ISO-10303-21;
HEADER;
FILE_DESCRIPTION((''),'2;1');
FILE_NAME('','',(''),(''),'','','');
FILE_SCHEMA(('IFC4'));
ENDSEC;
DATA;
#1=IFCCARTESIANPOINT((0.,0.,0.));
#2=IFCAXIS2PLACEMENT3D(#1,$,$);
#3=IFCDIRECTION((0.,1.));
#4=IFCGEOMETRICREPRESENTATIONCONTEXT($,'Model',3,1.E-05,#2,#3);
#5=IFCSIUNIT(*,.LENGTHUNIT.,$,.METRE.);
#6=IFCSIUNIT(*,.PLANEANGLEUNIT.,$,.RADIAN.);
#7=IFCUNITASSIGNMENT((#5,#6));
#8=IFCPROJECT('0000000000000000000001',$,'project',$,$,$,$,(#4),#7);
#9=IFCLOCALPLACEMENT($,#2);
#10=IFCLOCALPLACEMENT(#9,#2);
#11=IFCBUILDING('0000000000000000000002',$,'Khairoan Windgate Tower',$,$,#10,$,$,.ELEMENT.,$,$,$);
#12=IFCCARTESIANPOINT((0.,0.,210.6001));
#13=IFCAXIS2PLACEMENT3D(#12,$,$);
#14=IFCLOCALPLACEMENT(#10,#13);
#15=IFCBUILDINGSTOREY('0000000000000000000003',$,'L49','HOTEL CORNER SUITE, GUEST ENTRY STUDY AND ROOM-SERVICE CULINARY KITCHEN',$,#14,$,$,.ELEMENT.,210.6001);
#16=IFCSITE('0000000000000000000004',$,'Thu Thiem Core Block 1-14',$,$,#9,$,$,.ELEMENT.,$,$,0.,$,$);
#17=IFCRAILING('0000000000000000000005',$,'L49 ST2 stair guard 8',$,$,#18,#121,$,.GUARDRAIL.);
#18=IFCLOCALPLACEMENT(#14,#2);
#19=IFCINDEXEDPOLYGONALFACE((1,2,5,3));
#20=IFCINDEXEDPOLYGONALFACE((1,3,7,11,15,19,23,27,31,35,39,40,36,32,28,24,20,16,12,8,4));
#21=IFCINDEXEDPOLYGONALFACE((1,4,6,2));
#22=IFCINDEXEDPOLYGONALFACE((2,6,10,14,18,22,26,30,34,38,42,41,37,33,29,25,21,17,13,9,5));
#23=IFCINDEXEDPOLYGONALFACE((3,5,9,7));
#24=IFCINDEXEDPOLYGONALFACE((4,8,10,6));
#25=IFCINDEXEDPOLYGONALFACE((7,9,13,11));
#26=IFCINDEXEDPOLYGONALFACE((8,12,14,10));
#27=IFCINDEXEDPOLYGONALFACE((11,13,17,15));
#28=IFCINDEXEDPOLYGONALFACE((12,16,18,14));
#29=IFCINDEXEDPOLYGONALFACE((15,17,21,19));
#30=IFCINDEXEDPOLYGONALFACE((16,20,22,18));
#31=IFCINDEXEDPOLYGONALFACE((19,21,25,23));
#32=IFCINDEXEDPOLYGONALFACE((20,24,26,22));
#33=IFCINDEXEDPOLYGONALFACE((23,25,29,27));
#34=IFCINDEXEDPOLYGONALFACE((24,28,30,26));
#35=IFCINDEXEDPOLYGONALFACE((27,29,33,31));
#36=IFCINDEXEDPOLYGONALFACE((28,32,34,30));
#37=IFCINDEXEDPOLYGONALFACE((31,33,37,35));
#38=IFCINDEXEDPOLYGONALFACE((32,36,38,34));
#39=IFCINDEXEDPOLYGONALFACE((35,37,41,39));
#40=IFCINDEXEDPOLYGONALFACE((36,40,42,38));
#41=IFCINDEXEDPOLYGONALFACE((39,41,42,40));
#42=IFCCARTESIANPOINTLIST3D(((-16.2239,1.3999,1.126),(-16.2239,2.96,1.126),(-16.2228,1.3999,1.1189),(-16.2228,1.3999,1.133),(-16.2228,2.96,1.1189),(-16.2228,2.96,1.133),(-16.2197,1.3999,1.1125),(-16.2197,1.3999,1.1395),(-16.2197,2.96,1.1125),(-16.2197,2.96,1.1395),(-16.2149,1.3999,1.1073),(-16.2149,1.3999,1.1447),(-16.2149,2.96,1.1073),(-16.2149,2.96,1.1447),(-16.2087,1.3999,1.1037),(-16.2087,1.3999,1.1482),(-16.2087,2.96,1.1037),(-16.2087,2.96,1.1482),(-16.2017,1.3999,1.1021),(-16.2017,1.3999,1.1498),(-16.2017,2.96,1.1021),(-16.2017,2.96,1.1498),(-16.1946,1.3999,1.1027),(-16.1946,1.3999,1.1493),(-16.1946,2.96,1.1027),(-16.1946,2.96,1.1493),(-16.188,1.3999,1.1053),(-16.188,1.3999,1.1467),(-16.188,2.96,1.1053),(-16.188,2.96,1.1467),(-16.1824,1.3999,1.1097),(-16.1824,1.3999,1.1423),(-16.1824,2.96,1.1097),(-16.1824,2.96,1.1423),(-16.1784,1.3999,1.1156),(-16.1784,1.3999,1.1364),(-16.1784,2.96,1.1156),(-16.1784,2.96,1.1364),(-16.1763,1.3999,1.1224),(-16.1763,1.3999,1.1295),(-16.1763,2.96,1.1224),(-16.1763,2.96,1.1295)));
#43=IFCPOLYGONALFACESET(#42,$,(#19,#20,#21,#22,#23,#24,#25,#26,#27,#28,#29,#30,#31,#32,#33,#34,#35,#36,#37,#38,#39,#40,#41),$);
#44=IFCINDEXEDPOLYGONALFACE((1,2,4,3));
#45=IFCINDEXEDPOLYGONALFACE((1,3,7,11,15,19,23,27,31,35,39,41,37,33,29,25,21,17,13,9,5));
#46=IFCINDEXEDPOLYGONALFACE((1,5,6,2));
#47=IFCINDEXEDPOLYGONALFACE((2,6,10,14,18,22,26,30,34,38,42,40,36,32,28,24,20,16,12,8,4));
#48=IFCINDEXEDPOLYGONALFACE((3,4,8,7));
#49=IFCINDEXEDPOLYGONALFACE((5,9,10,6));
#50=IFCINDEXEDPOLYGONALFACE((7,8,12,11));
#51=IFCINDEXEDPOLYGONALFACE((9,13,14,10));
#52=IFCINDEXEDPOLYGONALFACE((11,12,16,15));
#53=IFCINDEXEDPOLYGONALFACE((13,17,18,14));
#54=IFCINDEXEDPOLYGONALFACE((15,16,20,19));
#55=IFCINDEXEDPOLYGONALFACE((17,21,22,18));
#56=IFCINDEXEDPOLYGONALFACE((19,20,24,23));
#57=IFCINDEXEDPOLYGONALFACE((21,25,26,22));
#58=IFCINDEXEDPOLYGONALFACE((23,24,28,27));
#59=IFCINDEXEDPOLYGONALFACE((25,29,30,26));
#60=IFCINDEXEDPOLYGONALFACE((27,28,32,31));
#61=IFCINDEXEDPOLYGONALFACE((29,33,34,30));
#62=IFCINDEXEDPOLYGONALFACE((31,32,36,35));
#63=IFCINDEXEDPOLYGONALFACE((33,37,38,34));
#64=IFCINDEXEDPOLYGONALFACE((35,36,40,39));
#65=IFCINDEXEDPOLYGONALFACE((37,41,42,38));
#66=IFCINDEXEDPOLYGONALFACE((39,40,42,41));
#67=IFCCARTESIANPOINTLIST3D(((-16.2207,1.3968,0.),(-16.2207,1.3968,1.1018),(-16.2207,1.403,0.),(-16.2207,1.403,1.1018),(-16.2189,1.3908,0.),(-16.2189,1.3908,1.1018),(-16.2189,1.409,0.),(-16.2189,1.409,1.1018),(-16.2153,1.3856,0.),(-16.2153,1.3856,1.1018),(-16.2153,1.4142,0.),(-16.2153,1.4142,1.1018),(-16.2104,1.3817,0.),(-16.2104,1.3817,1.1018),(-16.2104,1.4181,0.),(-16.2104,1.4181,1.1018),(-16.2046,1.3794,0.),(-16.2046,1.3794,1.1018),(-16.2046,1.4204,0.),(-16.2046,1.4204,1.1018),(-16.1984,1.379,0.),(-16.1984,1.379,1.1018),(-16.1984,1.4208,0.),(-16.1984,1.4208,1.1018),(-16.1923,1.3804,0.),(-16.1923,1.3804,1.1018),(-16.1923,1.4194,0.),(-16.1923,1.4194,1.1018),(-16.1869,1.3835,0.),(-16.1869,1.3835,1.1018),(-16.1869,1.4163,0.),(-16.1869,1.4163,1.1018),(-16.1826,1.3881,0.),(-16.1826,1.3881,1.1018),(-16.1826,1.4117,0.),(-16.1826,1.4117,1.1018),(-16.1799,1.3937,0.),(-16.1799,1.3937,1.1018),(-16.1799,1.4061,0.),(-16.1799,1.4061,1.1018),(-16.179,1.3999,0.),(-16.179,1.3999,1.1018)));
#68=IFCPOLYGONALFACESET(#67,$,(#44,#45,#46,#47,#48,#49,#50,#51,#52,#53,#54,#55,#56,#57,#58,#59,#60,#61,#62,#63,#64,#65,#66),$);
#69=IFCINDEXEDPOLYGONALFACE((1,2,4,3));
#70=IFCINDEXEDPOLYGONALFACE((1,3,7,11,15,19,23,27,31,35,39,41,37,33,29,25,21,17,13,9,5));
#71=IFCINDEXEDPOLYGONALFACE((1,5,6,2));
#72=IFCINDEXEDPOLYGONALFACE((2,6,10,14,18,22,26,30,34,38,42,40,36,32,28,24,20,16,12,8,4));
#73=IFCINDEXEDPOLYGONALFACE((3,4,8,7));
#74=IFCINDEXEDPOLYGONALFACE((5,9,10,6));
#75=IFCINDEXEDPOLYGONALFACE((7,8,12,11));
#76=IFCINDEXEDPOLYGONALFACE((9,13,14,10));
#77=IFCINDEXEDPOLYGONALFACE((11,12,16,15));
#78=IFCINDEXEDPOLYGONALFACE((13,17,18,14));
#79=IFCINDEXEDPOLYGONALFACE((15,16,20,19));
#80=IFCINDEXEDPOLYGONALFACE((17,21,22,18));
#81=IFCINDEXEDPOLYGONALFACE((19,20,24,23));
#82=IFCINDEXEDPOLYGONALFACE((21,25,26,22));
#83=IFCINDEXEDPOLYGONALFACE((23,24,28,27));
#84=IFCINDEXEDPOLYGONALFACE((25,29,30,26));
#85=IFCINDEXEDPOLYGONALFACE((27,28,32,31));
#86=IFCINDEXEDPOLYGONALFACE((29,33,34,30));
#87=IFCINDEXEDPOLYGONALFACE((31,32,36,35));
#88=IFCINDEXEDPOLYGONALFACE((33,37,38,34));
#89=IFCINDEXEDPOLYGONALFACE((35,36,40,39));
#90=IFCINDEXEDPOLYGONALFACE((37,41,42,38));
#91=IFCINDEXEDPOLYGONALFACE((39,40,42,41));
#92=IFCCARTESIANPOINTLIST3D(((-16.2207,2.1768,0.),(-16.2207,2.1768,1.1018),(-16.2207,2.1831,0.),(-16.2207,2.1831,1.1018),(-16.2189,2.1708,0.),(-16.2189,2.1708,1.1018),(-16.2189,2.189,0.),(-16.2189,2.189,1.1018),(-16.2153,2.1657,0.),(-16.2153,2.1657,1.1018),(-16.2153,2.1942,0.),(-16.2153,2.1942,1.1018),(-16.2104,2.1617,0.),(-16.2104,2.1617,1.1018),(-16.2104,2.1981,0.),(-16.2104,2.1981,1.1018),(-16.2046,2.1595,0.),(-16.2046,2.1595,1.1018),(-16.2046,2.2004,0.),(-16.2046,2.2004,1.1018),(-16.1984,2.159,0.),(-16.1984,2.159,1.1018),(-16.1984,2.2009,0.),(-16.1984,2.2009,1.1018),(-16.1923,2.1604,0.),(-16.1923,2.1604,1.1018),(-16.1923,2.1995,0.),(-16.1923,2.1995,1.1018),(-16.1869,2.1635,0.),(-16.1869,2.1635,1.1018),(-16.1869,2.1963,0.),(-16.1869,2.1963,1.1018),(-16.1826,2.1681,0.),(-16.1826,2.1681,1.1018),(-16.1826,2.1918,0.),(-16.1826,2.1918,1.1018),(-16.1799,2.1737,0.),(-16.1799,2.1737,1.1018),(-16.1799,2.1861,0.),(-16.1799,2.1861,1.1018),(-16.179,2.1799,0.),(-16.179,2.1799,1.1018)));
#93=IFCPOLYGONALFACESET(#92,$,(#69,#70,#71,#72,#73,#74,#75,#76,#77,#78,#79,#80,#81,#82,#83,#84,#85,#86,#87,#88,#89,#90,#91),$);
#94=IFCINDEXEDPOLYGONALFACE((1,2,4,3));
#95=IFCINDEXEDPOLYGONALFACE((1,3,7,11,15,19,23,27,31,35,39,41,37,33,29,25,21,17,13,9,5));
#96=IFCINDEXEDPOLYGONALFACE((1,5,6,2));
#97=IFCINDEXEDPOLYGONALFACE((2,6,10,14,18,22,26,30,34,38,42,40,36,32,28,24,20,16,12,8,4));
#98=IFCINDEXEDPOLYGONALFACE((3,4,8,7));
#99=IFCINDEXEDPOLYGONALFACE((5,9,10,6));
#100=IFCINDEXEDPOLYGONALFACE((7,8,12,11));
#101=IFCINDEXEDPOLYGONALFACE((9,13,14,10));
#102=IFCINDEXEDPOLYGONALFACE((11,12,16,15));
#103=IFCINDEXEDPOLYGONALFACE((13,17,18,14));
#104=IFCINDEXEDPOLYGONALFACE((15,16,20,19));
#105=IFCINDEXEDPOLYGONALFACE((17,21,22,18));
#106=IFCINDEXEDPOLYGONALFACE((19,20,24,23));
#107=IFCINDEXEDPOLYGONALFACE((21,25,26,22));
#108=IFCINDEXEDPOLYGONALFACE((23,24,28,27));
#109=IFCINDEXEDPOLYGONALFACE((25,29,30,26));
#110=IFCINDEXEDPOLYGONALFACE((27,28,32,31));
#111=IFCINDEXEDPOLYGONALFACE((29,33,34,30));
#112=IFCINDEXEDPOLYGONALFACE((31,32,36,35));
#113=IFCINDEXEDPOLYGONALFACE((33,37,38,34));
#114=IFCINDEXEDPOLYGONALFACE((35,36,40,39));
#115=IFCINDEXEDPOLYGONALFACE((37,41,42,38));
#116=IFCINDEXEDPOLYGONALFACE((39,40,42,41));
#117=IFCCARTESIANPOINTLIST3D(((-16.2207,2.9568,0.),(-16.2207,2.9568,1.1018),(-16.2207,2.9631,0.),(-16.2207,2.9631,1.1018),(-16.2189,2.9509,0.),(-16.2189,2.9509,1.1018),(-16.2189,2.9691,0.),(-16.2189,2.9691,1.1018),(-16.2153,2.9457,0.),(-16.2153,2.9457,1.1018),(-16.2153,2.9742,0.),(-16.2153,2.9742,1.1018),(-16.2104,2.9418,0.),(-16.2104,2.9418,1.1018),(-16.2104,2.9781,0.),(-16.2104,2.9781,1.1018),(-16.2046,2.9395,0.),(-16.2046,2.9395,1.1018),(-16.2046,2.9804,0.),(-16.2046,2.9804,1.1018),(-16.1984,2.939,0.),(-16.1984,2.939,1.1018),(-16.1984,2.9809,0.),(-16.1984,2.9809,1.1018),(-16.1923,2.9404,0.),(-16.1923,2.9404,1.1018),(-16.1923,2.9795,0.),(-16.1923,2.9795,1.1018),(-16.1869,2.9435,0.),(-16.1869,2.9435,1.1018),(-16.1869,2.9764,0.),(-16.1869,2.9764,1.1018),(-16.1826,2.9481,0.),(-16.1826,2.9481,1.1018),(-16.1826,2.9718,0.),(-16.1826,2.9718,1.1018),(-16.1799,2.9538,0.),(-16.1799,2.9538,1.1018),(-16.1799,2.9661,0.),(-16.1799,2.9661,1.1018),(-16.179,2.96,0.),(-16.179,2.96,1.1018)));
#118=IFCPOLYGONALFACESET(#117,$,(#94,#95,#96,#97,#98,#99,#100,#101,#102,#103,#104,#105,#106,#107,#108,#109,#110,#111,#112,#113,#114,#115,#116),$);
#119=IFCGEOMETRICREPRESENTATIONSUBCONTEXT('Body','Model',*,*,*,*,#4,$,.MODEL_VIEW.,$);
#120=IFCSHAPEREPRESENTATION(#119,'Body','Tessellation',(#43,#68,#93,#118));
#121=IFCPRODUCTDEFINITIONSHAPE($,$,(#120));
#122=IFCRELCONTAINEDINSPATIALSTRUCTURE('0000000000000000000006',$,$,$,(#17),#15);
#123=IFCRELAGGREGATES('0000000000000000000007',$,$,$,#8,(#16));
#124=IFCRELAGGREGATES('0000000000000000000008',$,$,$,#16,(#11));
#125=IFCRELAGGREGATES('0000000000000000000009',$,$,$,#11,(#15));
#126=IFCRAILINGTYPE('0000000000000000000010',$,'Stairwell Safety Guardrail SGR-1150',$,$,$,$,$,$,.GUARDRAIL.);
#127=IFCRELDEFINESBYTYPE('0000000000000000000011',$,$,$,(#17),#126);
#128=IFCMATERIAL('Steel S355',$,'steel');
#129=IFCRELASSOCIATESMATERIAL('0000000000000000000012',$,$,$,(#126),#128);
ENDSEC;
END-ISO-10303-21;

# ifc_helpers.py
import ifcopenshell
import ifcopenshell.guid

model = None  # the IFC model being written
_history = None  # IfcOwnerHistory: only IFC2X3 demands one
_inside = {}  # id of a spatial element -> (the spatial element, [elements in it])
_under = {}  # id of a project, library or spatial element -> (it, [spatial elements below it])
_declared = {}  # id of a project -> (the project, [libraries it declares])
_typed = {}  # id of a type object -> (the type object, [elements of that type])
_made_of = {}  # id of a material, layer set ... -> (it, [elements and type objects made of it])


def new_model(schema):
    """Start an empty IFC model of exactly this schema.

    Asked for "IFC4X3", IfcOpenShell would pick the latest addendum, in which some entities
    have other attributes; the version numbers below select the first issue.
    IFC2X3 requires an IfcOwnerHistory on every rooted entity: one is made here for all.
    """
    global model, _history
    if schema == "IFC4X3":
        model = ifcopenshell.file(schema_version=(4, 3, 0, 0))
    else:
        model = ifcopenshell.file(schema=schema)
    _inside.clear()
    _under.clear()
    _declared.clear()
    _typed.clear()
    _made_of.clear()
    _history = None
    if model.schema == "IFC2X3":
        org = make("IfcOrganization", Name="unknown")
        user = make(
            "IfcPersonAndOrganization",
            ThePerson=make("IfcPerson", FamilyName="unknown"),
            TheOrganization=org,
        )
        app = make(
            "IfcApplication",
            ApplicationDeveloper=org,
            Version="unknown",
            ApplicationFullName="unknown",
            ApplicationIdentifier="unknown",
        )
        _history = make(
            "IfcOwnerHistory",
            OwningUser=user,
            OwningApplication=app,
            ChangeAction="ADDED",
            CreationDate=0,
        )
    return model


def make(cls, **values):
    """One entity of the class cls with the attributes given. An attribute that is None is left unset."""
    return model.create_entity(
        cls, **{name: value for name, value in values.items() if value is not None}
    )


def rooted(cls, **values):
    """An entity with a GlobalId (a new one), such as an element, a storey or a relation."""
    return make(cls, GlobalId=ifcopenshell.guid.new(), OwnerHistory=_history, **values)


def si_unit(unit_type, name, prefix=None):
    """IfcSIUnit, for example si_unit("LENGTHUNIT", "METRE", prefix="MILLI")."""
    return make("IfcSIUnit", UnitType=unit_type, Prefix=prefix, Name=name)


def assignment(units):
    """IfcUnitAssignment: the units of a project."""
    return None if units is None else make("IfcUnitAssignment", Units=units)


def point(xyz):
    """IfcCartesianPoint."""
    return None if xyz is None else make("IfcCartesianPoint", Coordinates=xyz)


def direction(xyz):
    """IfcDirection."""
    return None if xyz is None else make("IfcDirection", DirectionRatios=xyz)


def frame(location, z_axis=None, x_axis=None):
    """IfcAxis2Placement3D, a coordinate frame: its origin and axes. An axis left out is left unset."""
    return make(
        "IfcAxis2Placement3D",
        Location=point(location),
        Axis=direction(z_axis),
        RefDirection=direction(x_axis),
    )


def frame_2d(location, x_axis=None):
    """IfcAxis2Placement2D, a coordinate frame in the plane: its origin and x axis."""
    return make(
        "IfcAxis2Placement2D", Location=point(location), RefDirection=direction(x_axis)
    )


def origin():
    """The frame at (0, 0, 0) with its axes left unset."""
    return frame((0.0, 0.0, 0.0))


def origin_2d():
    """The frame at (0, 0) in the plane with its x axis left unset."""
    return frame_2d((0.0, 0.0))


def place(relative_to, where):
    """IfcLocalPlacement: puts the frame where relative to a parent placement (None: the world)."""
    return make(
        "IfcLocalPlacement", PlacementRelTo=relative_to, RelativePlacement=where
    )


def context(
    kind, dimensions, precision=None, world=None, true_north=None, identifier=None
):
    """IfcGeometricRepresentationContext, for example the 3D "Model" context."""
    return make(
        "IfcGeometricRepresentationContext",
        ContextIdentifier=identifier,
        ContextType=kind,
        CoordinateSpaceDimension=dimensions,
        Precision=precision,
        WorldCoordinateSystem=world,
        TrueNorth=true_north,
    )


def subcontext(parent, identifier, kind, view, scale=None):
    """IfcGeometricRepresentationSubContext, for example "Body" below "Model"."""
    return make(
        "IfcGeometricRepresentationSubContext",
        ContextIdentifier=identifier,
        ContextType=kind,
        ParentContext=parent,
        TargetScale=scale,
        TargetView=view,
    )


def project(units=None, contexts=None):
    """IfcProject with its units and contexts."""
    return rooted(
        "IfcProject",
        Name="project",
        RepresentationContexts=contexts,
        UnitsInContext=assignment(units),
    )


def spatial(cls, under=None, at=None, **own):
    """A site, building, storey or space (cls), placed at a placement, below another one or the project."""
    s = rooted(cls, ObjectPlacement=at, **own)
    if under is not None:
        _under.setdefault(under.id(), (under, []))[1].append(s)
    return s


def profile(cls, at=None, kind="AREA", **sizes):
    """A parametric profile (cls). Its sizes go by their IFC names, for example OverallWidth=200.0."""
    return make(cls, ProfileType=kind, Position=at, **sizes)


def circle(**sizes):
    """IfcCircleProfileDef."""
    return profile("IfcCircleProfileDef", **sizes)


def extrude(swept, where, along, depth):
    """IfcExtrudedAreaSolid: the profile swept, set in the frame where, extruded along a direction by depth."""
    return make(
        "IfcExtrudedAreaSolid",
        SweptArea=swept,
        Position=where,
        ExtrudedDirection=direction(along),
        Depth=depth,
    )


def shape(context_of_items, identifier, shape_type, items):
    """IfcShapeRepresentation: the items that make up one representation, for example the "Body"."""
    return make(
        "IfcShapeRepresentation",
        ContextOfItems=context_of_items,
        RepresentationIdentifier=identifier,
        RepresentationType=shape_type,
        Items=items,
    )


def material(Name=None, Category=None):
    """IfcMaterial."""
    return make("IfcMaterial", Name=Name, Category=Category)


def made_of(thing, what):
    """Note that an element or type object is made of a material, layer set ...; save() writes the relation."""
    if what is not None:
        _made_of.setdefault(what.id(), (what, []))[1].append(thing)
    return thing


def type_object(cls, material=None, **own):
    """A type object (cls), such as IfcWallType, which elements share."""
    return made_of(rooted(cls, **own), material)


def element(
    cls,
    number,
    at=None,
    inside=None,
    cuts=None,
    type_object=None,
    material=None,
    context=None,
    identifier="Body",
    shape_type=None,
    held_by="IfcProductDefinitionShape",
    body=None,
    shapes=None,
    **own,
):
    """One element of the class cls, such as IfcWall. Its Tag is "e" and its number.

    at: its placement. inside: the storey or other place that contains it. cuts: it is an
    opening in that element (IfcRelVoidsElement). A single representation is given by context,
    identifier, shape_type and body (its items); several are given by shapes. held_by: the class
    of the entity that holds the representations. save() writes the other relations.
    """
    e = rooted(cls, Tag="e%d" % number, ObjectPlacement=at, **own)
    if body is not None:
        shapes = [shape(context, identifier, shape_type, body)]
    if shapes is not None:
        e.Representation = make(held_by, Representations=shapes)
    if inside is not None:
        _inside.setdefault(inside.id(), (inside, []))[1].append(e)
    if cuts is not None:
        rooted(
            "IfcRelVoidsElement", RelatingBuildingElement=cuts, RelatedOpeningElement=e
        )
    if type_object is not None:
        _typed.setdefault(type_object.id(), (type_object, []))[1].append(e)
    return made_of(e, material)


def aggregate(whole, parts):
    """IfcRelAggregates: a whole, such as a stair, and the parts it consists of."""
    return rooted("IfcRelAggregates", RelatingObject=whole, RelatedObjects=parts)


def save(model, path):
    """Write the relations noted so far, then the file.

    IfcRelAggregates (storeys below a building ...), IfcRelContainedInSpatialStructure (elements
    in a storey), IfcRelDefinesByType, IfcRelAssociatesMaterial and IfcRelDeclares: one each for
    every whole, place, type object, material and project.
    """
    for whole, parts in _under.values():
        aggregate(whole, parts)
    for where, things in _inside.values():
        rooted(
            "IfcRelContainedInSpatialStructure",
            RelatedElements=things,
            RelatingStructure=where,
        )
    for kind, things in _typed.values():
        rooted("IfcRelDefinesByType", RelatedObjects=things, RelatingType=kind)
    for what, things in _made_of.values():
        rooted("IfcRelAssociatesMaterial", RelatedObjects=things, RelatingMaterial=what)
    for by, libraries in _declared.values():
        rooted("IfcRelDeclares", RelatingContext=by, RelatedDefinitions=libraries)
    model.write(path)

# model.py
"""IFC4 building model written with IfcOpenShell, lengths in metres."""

from ifc_helpers import new_model, si_unit, direction, frame, origin, origin_2d, place, context, subcontext, project, spatial, circle, extrude, material, type_object, element, save


model = new_model("IFC4")

# Units and contexts
model_context = context("Model", 3, precision=1e-05, world=origin(), true_north=direction((0.0, 1.0)))
body_context = subcontext(model_context, "Body", "Model", "MODEL_VIEW")
ifc_project = project(units=[si_unit("LENGTHUNIT", "METRE"), si_unit("PLANEANGLEUNIT", "RADIAN")], contexts=[model_context])

# Site, building, storey
site_placement = place(None, origin())
site = spatial("IfcSite", under=ifc_project, at=site_placement, Name="Thu Thiem Core Block 1-14", CompositionType="ELEMENT", RefElevation=0.0)
building_placement = place(site_placement, origin())
building = spatial("IfcBuilding", under=site, at=building_placement, Name="Khairoan Windgate Tower", CompositionType="ELEMENT")
storey_placement = place(building_placement, frame((0.0, 0.0, 210.6001)))
storey = spatial("IfcBuildingStorey", under=building, at=storey_placement, Name="L49", Description="HOTEL CORNER SUITE, GUEST ENTRY STUDY AND ROOM-SERVICE CULINARY KITCHEN", CompositionType="ELEMENT", Elevation=210.6001)

# Railing
ifc_material_1 = material(Name="Steel S355", Category="steel")
railing_type_1 = type_object("IfcRailingType", Name="Stairwell Safety Guardrail SGR-1150", PredefinedType="GUARDRAIL", material=ifc_material_1)
railing_1_placement = place(storey_placement, frame((-16.2, 1.3999, 0.0)))
element("IfcRailing", 1, at=railing_1_placement, inside=storey, type_object=railing_type_1, Name="L49 ST2 stair guard 8", PredefinedType="GUARDRAIL", context=body_context, shape_type="SweptSolid", body=[
    extrude(circle(Radius=0.0239, at=origin_2d()), frame((0.0, 0.0, 1.126), z_axis=(0.0, 1.0, 0.0), x_axis=(-1.0, 0.0, 0.0)), (0.0, 0.0, 1.0), 1.5601),
    extrude(circle(Radius=0.021, at=origin_2d()), origin(), (0.0, 0.0, 1.0), 1.1018),
    extrude(circle(Radius=0.021, at=origin_2d()), frame((0.0, 0.78, 0.0)), (0.0, 0.0, 1.0), 1.1018),
    extrude(circle(Radius=0.021, at=origin_2d()), frame((0.0, 1.5601, 0.0)), (0.0, 0.0, 1.0), 1.1018),
])

save(model, "model.ifc")
